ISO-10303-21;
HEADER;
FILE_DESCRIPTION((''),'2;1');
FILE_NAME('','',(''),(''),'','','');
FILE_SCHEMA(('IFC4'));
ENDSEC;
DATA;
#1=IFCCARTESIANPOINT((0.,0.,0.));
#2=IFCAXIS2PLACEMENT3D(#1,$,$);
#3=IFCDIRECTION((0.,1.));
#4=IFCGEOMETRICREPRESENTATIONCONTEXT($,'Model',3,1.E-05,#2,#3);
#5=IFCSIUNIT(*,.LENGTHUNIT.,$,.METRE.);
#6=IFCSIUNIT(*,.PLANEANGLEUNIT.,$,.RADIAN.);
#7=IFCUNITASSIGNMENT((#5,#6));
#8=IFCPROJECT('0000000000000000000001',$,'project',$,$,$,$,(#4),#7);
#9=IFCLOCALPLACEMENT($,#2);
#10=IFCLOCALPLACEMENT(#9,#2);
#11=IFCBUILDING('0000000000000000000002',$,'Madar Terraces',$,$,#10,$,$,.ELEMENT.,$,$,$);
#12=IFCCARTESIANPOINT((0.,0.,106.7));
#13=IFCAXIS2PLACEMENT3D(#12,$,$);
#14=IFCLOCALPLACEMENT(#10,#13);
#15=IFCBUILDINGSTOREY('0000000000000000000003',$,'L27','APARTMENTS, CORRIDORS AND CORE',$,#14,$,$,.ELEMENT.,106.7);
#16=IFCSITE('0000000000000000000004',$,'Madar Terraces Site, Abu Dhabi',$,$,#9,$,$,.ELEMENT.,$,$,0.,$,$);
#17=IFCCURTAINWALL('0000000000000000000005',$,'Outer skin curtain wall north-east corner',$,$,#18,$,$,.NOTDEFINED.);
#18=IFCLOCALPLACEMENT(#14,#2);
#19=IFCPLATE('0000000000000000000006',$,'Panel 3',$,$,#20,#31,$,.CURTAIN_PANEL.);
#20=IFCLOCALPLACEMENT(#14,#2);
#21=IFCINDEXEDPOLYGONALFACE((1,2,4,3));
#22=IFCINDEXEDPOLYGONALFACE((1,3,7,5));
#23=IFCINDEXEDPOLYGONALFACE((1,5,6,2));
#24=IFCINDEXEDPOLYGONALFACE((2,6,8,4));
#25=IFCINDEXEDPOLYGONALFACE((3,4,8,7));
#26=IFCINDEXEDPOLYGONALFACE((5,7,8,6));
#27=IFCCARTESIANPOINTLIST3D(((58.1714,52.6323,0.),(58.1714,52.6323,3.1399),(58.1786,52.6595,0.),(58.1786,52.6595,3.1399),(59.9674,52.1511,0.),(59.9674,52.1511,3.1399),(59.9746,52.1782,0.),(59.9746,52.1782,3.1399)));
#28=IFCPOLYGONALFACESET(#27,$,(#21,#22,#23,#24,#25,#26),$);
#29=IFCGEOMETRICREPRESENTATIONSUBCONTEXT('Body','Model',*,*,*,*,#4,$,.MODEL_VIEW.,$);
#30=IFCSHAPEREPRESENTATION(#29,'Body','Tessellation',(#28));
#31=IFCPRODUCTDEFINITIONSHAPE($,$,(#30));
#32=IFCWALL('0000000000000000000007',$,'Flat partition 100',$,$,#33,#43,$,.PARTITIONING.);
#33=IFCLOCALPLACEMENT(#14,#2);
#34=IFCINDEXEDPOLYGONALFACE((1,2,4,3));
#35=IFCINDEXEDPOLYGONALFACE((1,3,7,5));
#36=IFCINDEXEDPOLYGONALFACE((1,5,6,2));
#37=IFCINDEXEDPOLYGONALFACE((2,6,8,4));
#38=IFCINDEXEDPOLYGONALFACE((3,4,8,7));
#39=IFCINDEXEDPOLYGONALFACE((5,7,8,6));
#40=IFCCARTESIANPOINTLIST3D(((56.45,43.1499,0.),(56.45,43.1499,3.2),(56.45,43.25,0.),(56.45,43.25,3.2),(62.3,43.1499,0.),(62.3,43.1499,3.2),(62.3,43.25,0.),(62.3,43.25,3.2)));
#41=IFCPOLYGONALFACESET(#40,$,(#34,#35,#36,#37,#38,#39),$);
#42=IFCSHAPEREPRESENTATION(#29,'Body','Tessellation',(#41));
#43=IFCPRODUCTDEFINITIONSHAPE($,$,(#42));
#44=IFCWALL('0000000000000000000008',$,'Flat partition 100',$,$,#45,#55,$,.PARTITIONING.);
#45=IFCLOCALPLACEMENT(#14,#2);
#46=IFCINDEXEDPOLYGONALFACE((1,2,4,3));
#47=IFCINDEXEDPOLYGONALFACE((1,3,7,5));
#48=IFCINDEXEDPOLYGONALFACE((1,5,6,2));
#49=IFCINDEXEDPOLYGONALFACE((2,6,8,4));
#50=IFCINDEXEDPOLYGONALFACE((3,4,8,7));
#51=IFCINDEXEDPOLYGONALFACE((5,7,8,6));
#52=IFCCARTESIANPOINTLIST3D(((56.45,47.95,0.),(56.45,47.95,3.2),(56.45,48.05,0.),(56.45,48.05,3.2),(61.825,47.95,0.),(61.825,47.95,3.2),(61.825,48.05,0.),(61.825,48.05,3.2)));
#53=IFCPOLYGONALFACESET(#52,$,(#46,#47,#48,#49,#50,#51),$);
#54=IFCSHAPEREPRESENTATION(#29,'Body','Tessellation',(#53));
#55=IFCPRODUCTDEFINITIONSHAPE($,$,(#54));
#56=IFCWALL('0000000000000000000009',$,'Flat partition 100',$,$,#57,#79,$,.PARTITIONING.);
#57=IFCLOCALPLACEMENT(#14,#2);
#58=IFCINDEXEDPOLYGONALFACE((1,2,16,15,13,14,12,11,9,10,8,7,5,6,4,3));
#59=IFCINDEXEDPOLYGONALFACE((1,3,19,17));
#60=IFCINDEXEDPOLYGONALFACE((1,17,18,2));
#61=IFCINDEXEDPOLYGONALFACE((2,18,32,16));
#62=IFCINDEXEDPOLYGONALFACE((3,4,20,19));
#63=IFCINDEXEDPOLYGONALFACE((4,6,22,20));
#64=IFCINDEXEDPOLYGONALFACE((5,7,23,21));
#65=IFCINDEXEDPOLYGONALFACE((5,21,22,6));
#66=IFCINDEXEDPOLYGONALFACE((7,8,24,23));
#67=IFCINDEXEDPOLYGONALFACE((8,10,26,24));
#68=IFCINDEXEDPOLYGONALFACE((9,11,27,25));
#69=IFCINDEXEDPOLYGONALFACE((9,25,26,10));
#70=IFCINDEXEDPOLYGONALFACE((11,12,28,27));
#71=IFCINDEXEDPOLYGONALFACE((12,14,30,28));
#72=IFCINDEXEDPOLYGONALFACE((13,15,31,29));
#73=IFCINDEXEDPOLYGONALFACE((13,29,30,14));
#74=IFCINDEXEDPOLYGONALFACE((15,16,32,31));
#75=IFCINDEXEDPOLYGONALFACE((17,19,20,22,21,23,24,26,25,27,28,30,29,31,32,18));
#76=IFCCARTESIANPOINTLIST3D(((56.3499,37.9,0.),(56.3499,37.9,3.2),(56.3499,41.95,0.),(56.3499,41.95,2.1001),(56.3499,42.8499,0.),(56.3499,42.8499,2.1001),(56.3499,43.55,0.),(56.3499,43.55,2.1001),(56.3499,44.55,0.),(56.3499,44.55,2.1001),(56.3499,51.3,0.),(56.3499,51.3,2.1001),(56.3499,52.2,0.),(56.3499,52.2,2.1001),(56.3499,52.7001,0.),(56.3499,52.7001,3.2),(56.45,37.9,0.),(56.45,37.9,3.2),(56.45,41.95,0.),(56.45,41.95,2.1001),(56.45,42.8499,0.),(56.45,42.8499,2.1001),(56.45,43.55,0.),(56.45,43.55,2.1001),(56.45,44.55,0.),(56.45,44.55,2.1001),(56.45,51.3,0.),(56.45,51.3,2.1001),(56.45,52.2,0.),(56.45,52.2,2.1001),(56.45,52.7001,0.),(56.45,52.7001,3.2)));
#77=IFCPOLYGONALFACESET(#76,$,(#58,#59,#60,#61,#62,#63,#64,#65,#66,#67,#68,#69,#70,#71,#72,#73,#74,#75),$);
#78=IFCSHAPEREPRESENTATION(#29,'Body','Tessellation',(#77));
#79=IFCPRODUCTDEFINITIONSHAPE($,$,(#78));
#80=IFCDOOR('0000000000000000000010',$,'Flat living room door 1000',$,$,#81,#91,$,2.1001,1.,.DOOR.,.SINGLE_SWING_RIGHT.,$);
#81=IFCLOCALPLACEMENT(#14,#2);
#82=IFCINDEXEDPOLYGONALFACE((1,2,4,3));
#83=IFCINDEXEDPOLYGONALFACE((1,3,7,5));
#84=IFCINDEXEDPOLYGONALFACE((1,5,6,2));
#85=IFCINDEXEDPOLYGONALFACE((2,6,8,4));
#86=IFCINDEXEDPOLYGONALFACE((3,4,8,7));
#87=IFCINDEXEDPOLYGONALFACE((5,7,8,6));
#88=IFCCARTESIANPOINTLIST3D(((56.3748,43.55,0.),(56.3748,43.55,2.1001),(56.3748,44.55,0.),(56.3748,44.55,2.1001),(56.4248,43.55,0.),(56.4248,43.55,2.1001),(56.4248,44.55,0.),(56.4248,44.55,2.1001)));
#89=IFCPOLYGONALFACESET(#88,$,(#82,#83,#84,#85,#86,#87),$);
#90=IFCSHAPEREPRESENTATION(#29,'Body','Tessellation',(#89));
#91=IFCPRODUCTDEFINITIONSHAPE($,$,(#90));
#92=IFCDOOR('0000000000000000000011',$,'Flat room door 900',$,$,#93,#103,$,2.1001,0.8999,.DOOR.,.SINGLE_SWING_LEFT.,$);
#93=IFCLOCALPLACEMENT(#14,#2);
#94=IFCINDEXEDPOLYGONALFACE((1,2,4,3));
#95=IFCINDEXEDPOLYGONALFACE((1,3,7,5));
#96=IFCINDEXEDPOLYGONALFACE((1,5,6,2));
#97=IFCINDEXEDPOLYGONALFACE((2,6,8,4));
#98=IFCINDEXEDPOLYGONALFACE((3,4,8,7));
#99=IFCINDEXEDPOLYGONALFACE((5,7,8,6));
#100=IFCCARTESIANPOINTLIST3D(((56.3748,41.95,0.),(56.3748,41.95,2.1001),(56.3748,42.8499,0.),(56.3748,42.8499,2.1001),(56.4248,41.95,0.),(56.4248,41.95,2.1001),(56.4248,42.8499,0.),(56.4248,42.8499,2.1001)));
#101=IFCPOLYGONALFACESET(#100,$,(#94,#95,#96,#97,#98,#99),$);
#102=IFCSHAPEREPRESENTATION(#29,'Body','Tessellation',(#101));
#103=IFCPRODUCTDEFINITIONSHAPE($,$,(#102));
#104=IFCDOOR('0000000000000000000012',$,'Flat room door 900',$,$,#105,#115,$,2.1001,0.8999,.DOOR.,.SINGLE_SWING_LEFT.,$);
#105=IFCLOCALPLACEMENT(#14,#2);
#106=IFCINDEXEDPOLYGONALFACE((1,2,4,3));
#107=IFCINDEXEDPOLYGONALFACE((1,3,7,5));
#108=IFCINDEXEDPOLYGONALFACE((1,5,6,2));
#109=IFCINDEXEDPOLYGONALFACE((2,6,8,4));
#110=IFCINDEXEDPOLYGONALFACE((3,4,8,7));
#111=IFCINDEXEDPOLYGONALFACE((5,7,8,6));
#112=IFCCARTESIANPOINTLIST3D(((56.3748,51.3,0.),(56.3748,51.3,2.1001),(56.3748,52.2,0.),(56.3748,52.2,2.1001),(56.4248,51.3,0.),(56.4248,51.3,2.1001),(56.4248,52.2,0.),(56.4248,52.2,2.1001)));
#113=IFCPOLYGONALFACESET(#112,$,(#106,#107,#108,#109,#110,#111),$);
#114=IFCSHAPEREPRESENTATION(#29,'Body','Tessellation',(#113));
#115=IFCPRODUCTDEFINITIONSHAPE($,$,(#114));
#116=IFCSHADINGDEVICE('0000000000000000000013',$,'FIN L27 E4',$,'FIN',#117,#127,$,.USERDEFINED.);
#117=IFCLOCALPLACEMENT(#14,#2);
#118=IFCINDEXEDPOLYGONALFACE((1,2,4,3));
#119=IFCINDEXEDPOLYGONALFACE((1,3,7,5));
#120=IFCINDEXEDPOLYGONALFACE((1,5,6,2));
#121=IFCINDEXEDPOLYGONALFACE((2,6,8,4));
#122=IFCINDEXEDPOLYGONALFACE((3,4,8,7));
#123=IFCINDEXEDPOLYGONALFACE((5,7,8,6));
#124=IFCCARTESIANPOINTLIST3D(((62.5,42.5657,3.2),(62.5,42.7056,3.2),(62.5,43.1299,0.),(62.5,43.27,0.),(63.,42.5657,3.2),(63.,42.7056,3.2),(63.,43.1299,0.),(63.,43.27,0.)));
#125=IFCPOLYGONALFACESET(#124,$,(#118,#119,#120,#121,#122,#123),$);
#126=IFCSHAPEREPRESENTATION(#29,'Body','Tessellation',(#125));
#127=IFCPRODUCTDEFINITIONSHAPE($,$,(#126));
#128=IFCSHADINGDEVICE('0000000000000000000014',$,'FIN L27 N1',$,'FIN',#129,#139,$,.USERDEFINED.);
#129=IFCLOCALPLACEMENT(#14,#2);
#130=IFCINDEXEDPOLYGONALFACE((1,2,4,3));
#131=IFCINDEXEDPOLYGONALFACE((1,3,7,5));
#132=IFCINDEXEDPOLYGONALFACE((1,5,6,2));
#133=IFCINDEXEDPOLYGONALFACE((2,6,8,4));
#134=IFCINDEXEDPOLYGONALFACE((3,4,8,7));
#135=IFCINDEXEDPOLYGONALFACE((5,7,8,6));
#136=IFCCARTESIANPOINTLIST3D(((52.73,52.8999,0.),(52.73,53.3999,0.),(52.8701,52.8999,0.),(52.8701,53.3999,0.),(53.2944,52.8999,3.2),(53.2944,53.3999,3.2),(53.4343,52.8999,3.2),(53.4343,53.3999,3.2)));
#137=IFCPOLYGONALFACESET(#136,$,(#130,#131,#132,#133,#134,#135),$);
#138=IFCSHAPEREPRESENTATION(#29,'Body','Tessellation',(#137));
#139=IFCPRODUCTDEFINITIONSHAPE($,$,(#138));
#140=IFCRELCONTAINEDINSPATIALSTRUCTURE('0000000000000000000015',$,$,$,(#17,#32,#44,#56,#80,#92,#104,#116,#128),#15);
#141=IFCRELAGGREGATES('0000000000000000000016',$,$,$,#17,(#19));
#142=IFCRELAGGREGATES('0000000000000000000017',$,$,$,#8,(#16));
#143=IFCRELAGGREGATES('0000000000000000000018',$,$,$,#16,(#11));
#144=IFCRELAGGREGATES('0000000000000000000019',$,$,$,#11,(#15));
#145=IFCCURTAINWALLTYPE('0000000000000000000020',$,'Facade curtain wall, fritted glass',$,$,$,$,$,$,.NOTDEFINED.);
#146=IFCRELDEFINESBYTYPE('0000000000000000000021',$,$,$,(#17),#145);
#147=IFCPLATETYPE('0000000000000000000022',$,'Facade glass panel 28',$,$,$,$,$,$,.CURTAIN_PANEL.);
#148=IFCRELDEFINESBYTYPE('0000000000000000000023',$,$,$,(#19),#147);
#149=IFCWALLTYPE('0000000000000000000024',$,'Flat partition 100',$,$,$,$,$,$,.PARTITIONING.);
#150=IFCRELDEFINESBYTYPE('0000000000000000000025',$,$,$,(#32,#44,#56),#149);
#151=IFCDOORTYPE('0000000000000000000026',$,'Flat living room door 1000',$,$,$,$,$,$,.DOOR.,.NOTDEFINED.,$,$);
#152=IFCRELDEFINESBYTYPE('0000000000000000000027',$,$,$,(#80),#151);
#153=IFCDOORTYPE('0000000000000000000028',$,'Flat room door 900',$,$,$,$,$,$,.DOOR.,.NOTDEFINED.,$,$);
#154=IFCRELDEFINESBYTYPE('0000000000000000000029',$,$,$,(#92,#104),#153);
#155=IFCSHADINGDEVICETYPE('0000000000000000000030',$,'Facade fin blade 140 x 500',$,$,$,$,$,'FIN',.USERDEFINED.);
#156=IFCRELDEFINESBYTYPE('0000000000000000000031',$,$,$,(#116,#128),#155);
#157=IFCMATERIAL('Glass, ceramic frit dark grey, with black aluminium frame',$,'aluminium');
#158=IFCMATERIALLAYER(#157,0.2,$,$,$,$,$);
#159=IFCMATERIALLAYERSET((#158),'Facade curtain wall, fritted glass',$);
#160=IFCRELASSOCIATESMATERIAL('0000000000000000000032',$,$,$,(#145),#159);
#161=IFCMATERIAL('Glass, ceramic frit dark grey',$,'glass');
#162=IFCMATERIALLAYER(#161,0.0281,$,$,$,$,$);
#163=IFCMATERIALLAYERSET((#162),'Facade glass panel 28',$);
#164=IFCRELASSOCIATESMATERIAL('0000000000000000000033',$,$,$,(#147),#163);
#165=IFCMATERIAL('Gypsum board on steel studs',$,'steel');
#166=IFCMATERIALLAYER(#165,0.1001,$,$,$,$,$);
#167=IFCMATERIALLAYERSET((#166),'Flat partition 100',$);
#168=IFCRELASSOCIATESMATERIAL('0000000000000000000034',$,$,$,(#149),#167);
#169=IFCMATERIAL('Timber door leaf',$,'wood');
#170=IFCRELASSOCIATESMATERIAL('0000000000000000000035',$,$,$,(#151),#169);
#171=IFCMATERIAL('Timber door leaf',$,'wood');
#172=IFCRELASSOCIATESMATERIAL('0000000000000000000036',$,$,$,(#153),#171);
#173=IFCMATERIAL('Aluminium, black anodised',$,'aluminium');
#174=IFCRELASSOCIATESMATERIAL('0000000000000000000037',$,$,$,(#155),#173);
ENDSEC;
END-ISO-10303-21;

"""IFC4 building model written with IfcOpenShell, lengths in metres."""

from ifc_helpers import new_model, si_unit, direction, frame, frame_2d, origin, origin_2d, place, context, subcontext, project, spatial, polyline, rectangle, outline, extrude, material, layer, layer_set, type_object, element, fill, aggregate, save


model = new_model("IFC4")

# Units and contexts
model_context = context("Model", 3, precision=1e-05, world=origin(), true_north=direction((0.0, 1.0)))
body_context = subcontext(model_context, "Body", "Model", "MODEL_VIEW")
ifc_project = project(units=[si_unit("LENGTHUNIT", "METRE"), si_unit("PLANEANGLEUNIT", "RADIAN")], contexts=[model_context])

# Site, building, storey
site_placement = place(None, origin())
site = spatial("IfcSite", under=ifc_project, at=site_placement, Name="Madar Terraces Site, Abu Dhabi", CompositionType="ELEMENT", RefElevation=0.0)
building_placement = place(site_placement, origin())
building = spatial("IfcBuilding", under=site, at=building_placement, Name="Madar Terraces", CompositionType="ELEMENT")
storey_placement = place(building_placement, frame((0.0, 0.0, 106.7)))
storey = spatial("IfcBuildingStorey", under=building, at=storey_placement, Name="L27", Description="APARTMENTS, CORRIDORS AND CORE", CompositionType="ELEMENT", Elevation=106.7)

# Shared definitions
ifc_material_1 = material(Name="Glass, ceramic frit dark grey, with black aluminium frame", Category="aluminium")
ifc_layer_1 = layer(ifc_material_1, 0.2)
ifc_layer_set_1 = layer_set([ifc_layer_1], Name="Facade curtain wall, fritted glass")
curtain_wall_type = type_object("IfcCurtainWallType", Name="Facade curtain wall, fritted glass", PredefinedType="NOTDEFINED", material=ifc_layer_set_1)

# Curtain wall
curtain_wall_1_placement = place(storey_placement, origin())
curtain_wall_1 = element("IfcCurtainWall", 1, at=curtain_wall_1_placement, inside=storey, type_object=curtain_wall_type, Name="Outer skin curtain wall north-east corner", PredefinedType="NOTDEFINED")

# Plate
ifc_material_2 = material(Name="Glass, ceramic frit dark grey", Category="glass")
ifc_layer_2 = layer(ifc_material_2, 0.0281)
ifc_layer_set_2 = layer_set([ifc_layer_2], Name="Facade glass panel 28")
plate_type = type_object("IfcPlateType", Name="Facade glass panel 28", PredefinedType="CURTAIN_PANEL", material=ifc_layer_set_2)
plate_1_placement = place(storey_placement, frame((59.073, 52.4053, 0.0), z_axis=(0.0, 0.0, 1.0), x_axis=(-0.965926, 0.258819, 0.0)))
plate_1 = element("IfcPlate", 2, at=plate_1_placement, type_object=plate_type, Name="Panel 3", PredefinedType="CURTAIN_PANEL", context=body_context, shape_type="SweptSolid", body=[
    extrude(rectangle(XDim=1.8594, YDim=0.0281, at=origin_2d()), origin(), (0.0, 0.0, 1.0), 3.1399),
])
aggregate(curtain_wall_1, [plate_1])

# Walls
ifc_material_3 = material(Name="Gypsum board on steel studs", Category="steel")
ifc_layer_3 = layer(ifc_material_3, 0.1001)
ifc_layer_set_3 = layer_set([ifc_layer_3], Name="Flat partition 100")
wall_type_1 = type_object("IfcWallType", Name="Flat partition 100", PredefinedType="PARTITIONING", material=ifc_layer_set_3)
wall_1_placement = place(storey_placement, frame((56.45, 43.2, 0.0), z_axis=(0.0, 0.0, 1.0), x_axis=(1.0, 0.0, 0.0)))
element("IfcWall", 3, at=wall_1_placement, inside=storey, type_object=wall_type_1, Name="Flat partition 100", PredefinedType="PARTITIONING", context=body_context, shape_type="SweptSolid", body=[
    extrude(rectangle(XDim=5.8501, YDim=0.1001, at=frame_2d((2.925, 0.0))), origin(), (0.0, 0.0, 1.0), 3.2),
])
wall_2_placement = place(storey_placement, frame((56.45, 48.0, 0.0), z_axis=(0.0, 0.0, 1.0), x_axis=(1.0, 0.0, 0.0)))
element("IfcWall", 4, at=wall_2_placement, inside=storey, type_object=wall_type_1, Name="Flat partition 100", PredefinedType="PARTITIONING", context=body_context, shape_type="SweptSolid", body=[
    extrude(rectangle(XDim=5.375, YDim=0.1001, at=frame_2d((2.6875, 0.0))), origin(), (0.0, 0.0, 1.0), 3.2),
])

# Wall, openings, doors
wall_3_placement = place(storey_placement, frame((56.3999, 52.7, 0.0), z_axis=(0.0, 0.0, 1.0), x_axis=(0.0, -1.0, 0.0)))
wall_3 = element("IfcWall", 5, at=wall_3_placement, inside=storey, type_object=wall_type_1, Name="Flat partition 100", PredefinedType="PARTITIONING", context=body_context, shape_type="SweptSolid", body=[
    extrude(rectangle(XDim=14.8, YDim=0.1001, at=frame_2d((7.3999, 0.0))), origin(), (0.0, 0.0, 1.0), 3.2),
])
opening_1_placement = place(wall_3_placement, frame((9.8501, 0.0, 0.0)))
opening_1 = element("IfcOpeningElement", 6, at=opening_1_placement, cuts=wall_3, PredefinedType="OPENING", context=body_context, shape_type="SweptSolid", body=[
    extrude(rectangle(XDim=0.8999, YDim=2.1001, at=frame_2d((0.45, 1.05))), frame((0.0, 0.0601, 0.0), z_axis=(0.0, -1.0, 0.0), x_axis=(1.0, 0.0, 0.0)), (0.0, 0.0, 1.0), 0.1201),
])
opening_2_placement = place(wall_3_placement, frame((8.1499, 0.0, 0.0)))
opening_2 = element("IfcOpeningElement", 7, at=opening_2_placement, cuts=wall_3, PredefinedType="OPENING", context=body_context, shape_type="SweptSolid", body=[
    extrude(rectangle(XDim=1.0, YDim=2.1001, at=frame_2d((0.5, 1.05))), frame((0.0, 0.0601, 0.0), z_axis=(0.0, -1.0, 0.0), x_axis=(1.0, 0.0, 0.0)), (0.0, 0.0, 1.0), 0.1201),
])
opening_3_placement = place(wall_3_placement, frame((0.5, 0.0, 0.0)))
opening_3 = element("IfcOpeningElement", 8, at=opening_3_placement, cuts=wall_3, PredefinedType="OPENING", context=body_context, shape_type="SweptSolid", body=[
    extrude(rectangle(XDim=0.8999, YDim=2.1001, at=frame_2d((0.45, 1.05))), frame((0.0, 0.0601, 0.0), z_axis=(0.0, -1.0, 0.0), x_axis=(1.0, 0.0, 0.0)), (0.0, 0.0, 1.0), 0.1201),
])
ifc_material_4 = material(Name="Timber door leaf", Category="wood")
door_type_1 = type_object("IfcDoorType", Name="Flat living room door 1000", OperationType="NOTDEFINED", PredefinedType="DOOR", material=ifc_material_4)
door_1_placement = place(opening_2_placement, origin())
door_1 = element("IfcDoor", 9, at=door_1_placement, inside=storey, type_object=door_type_1, Name="Flat living room door 1000", OperationType="SINGLE_SWING_RIGHT", OverallHeight=2.1001, OverallWidth=1.0, PredefinedType="DOOR", context=body_context, shape_type="SweptSolid", body=[
    extrude(rectangle(XDim=1.0, YDim=2.1001, at=frame_2d((0.5, 1.05))), frame((0.0, 0.0249, 0.0), z_axis=(0.0, -1.0, 0.0), x_axis=(1.0, 0.0, 0.0)), (0.0, 0.0, 1.0), 0.05),
])
fill(opening_2, door_1)
ifc_material_5 = material(Name="Timber door leaf", Category="wood")
door_type_2 = type_object("IfcDoorType", Name="Flat room door 900", OperationType="NOTDEFINED", PredefinedType="DOOR", material=ifc_material_5)
door_2_placement = place(opening_1_placement, origin())
door_2 = element("IfcDoor", 10, at=door_2_placement, inside=storey, type_object=door_type_2, Name="Flat room door 900", OperationType="SINGLE_SWING_LEFT", OverallHeight=2.1001, OverallWidth=0.8999, PredefinedType="DOOR", context=body_context, shape_type="SweptSolid", body=[
    extrude(rectangle(XDim=0.8999, YDim=2.1001, at=frame_2d((0.45, 1.05))), frame((0.0, 0.0249, 0.0), z_axis=(0.0, -1.0, 0.0), x_axis=(1.0, 0.0, 0.0)), (0.0, 0.0, 1.0), 0.05),
])
fill(opening_1, door_2)
door_3_placement = place(opening_3_placement, origin())
door_3 = element("IfcDoor", 11, at=door_3_placement, inside=storey, type_object=door_type_2, Name="Flat room door 900", OperationType="SINGLE_SWING_LEFT", OverallHeight=2.1001, OverallWidth=0.8999, PredefinedType="DOOR", context=body_context, shape_type="SweptSolid", body=[
    extrude(rectangle(XDim=0.8999, YDim=2.1001, at=frame_2d((0.45, 1.05))), frame((0.0, 0.0249, 0.0), z_axis=(0.0, -1.0, 0.0), x_axis=(1.0, 0.0, 0.0)), (0.0, 0.0, 1.0), 0.05),
])
fill(opening_3, door_3)

# Shading devices
ifc_material_6 = material(Name="Aluminium, black anodised", Category="aluminium")
shading_device_type = type_object("IfcShadingDeviceType", Name="Facade fin blade 140 x 500", ElementType="FIN", PredefinedType="USERDEFINED", material=ifc_material_6)
for number, where, z_axis, x_axis, name in (
    (12, (62.75, 43.1299, 0.0), (0.0, 0.0, 1.0), (0.0, 1.0, 0.0), "FIN L27 E4"),
    (13, (52.8701, 53.1499, 0.0), (0.0, 0.0, 1.0), (-1.0, 0.0, 0.0), "FIN L27 N1"),
):
    element("IfcShadingDevice", number, at=place(storey_placement, frame(where, z_axis=z_axis, x_axis=x_axis)), inside=storey, type_object=shading_device_type, Name=name, ObjectType="FIN", PredefinedType="USERDEFINED", context=body_context, shape_type="SweptSolid", body=[
        extrude(outline(polyline([(0.0, 0.0), (0.1401, 0.0), (-0.4243, 3.2), (-0.5642, 3.2), (0.0, 0.0)])), frame((0.0, 0.25, 0.0), z_axis=(0.0, -1.0, 0.0), x_axis=(1.0, 0.0, 0.0)), (0.0, 0.0, 1.0), 0.5),
    ])

save(model, "model.ifc")
